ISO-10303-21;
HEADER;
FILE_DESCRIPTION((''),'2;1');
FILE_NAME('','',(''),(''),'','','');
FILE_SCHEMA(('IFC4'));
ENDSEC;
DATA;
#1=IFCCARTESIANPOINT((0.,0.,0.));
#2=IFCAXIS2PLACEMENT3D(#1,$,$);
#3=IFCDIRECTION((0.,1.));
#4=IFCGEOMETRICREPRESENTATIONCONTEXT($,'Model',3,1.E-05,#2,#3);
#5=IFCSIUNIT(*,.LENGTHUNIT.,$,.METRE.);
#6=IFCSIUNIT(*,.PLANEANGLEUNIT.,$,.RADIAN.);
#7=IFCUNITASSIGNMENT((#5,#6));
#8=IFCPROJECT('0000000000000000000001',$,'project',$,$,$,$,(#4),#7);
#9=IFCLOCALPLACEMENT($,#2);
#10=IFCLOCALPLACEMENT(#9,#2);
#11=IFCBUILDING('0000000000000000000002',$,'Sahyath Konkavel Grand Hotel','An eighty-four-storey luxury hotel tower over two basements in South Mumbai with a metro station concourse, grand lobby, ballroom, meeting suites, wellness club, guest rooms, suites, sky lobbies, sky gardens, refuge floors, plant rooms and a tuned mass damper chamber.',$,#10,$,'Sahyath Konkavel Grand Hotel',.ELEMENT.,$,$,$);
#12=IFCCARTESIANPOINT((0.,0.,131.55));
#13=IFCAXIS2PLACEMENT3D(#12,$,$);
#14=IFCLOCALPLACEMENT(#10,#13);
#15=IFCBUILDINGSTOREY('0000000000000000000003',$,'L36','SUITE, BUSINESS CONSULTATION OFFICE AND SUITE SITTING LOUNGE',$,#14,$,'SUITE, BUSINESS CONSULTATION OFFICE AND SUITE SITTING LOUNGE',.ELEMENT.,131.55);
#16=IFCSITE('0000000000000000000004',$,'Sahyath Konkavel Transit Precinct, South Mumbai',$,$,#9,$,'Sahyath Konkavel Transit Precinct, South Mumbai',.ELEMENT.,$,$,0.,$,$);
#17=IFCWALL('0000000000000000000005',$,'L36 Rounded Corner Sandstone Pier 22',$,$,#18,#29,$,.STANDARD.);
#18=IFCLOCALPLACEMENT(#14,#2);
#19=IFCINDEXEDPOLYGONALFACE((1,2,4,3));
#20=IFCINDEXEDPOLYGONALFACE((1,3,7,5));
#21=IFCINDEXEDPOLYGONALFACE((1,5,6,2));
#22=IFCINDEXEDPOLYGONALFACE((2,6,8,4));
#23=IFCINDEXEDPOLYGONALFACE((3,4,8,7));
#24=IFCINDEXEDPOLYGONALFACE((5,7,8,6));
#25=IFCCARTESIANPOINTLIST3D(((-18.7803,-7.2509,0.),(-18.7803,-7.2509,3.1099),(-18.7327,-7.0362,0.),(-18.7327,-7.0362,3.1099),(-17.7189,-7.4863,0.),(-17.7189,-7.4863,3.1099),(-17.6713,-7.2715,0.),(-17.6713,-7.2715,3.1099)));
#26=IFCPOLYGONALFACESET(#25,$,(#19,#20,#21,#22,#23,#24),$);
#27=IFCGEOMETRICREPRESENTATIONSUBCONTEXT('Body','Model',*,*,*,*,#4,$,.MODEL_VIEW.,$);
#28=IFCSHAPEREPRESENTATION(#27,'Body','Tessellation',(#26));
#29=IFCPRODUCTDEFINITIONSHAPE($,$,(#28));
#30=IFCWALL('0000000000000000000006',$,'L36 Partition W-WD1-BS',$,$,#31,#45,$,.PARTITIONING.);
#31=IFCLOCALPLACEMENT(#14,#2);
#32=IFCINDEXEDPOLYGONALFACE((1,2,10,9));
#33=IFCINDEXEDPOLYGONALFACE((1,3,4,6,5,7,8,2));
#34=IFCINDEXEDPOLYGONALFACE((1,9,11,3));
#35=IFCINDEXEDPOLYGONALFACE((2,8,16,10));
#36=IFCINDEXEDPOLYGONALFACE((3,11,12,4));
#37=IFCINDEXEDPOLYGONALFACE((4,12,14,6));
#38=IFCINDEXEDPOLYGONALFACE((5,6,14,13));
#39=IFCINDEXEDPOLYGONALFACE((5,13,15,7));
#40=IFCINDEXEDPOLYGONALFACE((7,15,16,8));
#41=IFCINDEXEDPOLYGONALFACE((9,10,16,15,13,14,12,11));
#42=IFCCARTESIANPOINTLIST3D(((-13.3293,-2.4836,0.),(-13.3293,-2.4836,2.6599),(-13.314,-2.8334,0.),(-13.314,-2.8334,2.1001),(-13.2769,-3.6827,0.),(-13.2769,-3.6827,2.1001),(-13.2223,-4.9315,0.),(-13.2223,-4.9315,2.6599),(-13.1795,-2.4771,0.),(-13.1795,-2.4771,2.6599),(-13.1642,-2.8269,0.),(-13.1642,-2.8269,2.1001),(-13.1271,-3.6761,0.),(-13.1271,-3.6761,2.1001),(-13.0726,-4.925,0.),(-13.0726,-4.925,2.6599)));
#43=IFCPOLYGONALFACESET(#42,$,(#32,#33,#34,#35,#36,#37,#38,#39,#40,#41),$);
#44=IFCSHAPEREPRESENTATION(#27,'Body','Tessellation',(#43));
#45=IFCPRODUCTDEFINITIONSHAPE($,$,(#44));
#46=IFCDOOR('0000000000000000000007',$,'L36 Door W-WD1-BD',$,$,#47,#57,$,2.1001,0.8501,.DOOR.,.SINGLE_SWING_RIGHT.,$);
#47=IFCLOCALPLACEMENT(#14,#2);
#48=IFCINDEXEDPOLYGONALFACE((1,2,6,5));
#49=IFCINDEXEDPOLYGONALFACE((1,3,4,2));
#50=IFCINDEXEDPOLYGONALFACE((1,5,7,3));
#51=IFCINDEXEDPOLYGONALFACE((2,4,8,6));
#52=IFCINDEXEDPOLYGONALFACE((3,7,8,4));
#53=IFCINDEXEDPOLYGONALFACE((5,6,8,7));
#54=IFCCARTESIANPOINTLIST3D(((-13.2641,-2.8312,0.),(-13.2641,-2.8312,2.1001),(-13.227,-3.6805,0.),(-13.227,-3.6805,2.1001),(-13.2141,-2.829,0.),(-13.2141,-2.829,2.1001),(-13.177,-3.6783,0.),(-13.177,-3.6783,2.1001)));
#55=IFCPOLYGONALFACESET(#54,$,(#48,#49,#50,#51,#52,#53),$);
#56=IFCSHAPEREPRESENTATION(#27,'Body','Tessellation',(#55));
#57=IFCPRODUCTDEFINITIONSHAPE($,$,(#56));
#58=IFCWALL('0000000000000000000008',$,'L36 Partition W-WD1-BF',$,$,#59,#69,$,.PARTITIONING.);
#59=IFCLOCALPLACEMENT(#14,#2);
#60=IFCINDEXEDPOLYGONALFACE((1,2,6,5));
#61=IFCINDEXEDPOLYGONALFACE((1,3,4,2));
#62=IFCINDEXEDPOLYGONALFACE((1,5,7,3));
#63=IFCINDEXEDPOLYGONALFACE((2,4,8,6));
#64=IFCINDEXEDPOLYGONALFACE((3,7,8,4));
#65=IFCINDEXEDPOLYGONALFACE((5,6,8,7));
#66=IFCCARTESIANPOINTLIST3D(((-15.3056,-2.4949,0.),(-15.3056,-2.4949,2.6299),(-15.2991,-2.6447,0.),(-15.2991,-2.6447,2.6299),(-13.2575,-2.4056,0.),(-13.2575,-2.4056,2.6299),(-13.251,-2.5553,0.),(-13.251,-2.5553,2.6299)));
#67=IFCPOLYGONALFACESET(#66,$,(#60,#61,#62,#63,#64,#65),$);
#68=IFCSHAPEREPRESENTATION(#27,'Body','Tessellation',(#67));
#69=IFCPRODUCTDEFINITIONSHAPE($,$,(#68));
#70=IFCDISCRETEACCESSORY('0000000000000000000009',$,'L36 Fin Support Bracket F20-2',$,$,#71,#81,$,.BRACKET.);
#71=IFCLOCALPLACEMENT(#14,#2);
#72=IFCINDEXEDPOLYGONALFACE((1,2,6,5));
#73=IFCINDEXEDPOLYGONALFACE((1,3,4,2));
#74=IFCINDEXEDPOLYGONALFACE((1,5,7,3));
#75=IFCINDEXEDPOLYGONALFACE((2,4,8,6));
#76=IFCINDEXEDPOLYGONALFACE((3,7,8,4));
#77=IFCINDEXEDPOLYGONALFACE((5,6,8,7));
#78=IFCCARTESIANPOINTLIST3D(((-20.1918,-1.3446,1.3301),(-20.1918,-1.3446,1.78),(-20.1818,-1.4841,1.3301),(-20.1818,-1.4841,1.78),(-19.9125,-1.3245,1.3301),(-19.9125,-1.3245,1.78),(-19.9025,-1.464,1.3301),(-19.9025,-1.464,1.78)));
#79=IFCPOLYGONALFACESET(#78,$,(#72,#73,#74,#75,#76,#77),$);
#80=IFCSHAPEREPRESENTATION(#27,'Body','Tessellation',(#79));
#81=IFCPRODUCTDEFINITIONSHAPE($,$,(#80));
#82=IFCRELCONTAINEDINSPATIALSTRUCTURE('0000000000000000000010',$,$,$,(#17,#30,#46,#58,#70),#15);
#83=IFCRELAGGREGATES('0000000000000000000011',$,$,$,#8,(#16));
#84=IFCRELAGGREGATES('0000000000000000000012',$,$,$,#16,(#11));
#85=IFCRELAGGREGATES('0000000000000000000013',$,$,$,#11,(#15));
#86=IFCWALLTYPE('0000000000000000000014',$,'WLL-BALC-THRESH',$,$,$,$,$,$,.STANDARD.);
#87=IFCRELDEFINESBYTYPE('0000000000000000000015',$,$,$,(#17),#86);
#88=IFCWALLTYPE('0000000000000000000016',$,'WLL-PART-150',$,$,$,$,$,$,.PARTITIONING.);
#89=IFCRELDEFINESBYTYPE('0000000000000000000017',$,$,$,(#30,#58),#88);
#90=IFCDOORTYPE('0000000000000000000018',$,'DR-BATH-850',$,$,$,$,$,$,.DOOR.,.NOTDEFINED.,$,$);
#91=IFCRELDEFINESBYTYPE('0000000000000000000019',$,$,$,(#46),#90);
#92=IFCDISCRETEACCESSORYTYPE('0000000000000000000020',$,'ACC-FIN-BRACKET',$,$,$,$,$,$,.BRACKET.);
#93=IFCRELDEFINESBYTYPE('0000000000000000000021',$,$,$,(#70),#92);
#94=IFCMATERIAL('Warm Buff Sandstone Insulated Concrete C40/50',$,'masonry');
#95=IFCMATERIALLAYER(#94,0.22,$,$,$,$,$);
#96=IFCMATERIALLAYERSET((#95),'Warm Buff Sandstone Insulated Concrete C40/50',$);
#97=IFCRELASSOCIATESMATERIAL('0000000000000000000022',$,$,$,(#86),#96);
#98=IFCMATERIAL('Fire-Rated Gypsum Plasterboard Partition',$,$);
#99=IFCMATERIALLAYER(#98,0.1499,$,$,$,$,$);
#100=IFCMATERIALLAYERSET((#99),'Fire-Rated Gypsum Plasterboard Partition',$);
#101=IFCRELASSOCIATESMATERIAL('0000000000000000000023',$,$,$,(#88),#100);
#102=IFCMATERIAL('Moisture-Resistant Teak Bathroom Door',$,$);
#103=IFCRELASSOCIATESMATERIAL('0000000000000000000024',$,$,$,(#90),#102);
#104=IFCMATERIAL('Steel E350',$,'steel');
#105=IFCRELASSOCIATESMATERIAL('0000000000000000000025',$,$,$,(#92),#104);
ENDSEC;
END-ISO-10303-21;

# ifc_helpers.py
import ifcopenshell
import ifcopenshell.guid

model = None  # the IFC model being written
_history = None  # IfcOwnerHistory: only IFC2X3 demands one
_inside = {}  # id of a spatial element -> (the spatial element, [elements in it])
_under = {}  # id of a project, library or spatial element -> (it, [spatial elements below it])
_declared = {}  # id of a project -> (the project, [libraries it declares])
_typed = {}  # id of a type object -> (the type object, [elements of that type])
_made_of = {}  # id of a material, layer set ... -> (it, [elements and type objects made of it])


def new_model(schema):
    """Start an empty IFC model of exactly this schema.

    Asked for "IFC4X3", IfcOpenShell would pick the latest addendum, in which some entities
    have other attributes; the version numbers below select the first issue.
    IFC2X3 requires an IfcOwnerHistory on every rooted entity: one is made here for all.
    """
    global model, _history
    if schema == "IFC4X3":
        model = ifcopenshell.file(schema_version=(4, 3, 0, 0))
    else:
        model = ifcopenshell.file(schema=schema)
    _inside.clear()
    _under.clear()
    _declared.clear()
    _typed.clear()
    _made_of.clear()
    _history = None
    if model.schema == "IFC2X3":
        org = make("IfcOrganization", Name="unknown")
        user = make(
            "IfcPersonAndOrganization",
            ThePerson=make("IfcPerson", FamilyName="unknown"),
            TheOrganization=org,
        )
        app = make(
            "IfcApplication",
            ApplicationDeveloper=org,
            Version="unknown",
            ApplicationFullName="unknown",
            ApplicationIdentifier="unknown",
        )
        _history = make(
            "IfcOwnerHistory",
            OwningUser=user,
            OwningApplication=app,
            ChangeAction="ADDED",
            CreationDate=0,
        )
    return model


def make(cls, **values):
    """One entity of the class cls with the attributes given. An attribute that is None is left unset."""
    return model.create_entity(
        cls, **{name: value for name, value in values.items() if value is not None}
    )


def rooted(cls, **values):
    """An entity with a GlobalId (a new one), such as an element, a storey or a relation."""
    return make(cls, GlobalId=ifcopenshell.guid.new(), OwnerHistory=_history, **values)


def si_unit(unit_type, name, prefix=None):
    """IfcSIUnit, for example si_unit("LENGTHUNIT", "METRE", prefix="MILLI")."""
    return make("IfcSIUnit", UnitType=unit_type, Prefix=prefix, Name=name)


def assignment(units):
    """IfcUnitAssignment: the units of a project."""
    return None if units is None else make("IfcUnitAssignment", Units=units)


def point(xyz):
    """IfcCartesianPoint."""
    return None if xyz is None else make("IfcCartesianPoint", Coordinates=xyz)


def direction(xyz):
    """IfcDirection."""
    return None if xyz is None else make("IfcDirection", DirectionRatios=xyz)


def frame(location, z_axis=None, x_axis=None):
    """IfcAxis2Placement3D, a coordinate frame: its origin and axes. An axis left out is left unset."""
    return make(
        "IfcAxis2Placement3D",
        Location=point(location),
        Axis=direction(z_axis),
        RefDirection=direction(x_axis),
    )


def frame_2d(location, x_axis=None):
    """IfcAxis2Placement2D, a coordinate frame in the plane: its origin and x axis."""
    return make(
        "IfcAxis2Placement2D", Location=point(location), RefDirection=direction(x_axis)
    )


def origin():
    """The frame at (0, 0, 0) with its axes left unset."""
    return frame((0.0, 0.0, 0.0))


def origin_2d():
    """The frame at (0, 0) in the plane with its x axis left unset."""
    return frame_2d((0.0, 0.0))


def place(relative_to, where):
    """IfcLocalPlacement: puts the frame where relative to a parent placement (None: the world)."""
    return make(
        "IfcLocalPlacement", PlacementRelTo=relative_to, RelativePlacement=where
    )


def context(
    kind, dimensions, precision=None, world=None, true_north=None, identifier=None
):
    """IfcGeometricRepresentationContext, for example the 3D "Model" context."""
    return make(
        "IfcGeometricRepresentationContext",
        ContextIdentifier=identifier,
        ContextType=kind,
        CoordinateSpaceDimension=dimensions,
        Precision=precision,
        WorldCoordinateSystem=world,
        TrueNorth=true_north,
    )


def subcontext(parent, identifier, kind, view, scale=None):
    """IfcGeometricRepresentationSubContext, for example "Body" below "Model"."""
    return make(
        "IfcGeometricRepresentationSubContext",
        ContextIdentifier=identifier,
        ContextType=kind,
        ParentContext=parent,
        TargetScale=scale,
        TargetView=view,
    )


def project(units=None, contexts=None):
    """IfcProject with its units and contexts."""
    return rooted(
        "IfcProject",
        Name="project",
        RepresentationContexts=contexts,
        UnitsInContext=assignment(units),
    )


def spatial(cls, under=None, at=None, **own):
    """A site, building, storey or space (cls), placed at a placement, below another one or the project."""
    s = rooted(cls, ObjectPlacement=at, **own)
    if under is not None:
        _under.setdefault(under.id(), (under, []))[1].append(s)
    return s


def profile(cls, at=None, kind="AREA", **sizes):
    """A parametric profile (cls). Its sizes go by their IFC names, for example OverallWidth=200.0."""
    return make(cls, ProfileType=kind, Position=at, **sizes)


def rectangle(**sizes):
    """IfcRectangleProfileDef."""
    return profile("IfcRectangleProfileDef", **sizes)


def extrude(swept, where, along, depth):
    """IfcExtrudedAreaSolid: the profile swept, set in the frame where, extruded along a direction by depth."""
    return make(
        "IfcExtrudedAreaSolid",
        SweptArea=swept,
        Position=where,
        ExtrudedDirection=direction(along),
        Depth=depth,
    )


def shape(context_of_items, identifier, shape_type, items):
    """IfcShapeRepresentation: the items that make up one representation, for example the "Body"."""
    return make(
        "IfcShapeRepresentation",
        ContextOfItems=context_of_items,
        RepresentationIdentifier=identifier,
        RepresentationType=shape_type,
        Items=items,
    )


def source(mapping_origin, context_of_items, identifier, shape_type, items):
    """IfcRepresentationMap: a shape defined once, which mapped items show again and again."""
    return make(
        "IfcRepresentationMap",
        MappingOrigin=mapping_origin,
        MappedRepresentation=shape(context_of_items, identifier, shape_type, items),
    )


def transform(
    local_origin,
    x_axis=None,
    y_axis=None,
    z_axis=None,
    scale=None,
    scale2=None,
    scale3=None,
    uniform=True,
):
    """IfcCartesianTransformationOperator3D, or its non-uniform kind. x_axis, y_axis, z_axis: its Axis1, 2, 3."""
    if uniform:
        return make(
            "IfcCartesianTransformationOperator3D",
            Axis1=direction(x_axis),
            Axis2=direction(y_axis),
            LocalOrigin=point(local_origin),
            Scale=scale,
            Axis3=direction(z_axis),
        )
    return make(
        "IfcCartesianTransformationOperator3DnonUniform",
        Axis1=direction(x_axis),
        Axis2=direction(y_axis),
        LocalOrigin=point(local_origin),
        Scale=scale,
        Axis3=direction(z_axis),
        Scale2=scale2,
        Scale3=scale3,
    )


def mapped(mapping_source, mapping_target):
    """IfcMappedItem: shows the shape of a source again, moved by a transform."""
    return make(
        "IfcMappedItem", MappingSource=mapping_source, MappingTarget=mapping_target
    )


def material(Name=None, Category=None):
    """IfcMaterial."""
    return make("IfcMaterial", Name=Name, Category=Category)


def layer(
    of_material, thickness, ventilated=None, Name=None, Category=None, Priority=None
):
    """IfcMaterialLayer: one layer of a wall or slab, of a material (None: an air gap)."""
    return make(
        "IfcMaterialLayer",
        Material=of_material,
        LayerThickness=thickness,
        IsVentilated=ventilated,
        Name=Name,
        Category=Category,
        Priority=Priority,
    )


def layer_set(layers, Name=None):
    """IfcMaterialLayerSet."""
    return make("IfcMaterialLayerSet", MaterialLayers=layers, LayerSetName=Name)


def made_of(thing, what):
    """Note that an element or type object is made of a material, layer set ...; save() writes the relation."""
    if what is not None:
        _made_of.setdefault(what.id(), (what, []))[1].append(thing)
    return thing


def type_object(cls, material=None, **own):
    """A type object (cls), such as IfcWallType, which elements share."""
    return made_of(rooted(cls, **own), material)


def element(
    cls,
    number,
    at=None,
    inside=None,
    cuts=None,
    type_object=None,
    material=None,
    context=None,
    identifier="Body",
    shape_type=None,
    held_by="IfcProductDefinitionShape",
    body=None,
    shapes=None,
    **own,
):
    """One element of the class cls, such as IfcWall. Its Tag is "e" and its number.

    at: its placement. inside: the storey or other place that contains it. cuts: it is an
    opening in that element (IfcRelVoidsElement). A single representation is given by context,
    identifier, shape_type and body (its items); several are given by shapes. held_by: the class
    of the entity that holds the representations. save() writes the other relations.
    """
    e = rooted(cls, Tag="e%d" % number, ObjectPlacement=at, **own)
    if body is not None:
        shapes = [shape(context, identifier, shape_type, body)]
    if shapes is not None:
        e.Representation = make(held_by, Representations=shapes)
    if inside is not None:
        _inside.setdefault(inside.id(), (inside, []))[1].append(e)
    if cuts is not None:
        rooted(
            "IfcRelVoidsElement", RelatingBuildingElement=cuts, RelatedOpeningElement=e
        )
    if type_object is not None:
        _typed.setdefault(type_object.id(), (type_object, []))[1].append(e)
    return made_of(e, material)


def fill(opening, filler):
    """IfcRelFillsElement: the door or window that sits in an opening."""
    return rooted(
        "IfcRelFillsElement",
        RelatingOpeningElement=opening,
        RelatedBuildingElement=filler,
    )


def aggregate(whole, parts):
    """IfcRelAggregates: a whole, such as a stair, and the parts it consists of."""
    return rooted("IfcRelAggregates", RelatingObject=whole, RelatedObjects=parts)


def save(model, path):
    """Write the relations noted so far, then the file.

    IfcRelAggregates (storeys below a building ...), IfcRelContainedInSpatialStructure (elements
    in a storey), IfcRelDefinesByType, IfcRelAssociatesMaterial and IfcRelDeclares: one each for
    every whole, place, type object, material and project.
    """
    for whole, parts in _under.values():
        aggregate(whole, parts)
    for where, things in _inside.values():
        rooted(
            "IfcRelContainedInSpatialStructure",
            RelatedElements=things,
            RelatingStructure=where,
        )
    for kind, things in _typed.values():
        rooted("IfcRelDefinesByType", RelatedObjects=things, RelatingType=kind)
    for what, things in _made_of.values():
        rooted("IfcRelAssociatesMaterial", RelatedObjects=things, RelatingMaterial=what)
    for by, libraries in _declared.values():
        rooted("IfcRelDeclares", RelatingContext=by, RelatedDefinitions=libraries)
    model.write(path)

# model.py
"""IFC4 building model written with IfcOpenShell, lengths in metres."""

from ifc_helpers import new_model, si_unit, direction, frame, frame_2d, origin, origin_2d, place, context, subcontext, project, spatial, rectangle, extrude, source, transform, mapped, material, layer, layer_set, type_object, element, fill, save


model = new_model("IFC4")

# Units and contexts
model_context = context("Model", 3, precision=1e-05, world=origin(), true_north=direction((0.0, 1.0)))
body_context = subcontext(model_context, "Body", "Model", "MODEL_VIEW")
ifc_project = project(units=[si_unit("LENGTHUNIT", "METRE"), si_unit("PLANEANGLEUNIT", "RADIAN")], contexts=[model_context])

# Site, building, storey
site_placement = place(None, origin())
site = spatial("IfcSite", under=ifc_project, at=site_placement, Name="Sahyath Konkavel Transit Precinct, South Mumbai", LongName="Sahyath Konkavel Transit Precinct, South Mumbai", CompositionType="ELEMENT", RefElevation=0.0)
building_placement = place(site_placement, origin())
building = spatial("IfcBuilding", under=site, at=building_placement, Name="Sahyath Konkavel Grand Hotel", Description="An eighty-four-storey luxury hotel tower over two basements in South Mumbai with a metro station concourse, grand lobby, ballroom, meeting suites, wellness club, guest rooms, suites, sky lobbies, sky gardens, refuge floors, plant rooms and a tuned mass damper chamber.", LongName="Sahyath Konkavel Grand Hotel", CompositionType="ELEMENT")
storey_placement = place(building_placement, frame((0.0, 0.0, 131.55)))
storey = spatial("IfcBuildingStorey", under=building, at=storey_placement, Name="L36", Description="SUITE, BUSINESS CONSULTATION OFFICE AND SUITE SITTING LOUNGE", LongName="SUITE, BUSINESS CONSULTATION OFFICE AND SUITE SITTING LOUNGE", CompositionType="ELEMENT", Elevation=131.55)

# Shared definitions
ifc_material_1 = material(Name="Steel E350", Category="steel")

# Wall
ifc_material_2 = material(Name="Warm Buff Sandstone Insulated Concrete C40/50", Category="masonry")
ifc_layer_1 = layer(ifc_material_2, 0.22)
ifc_layer_set_1 = layer_set([ifc_layer_1], Name="Warm Buff Sandstone Insulated Concrete C40/50")
wall_type_1 = type_object("IfcWallType", Name="WLL-BALC-THRESH", PredefinedType="STANDARD", material=ifc_layer_set_1)
wall_1_placement = place(storey_placement, frame((-18.7563, -7.1436, 0.0), z_axis=(0.0, 0.0, 1.0), x_axis=(0.976282, -0.216502, 0.0)))
element("IfcWall", 1, at=wall_1_placement, inside=storey, type_object=wall_type_1, Name="L36 Rounded Corner Sandstone Pier 22", PredefinedType="STANDARD", context=body_context, shape_type="SweptSolid", body=[
    extrude(rectangle(XDim=1.0872, YDim=0.22, at=frame_2d((0.5435, 0.0))), origin(), (0.0, 0.0, 1.0), 3.1099),
])

# Wall, opening, door
ifc_material_3 = material(Name="Fire-Rated Gypsum Plasterboard Partition")
ifc_layer_2 = layer(ifc_material_3, 0.1499)
ifc_layer_set_2 = layer_set([ifc_layer_2], Name="Fire-Rated Gypsum Plasterboard Partition")
wall_type_2 = type_object("IfcWallType", Name="WLL-PART-150", PredefinedType="PARTITIONING", material=ifc_layer_set_2)
wall_2_placement = place(storey_placement, frame((-13.1475, -4.9282, 0.0), z_axis=(0.0, 0.0, 1.0), x_axis=(-0.043645, 0.999047, 0.0)))
wall_2 = element("IfcWall", 2, at=wall_2_placement, inside=storey, type_object=wall_type_2, Name="L36 Partition W-WD1-BS", PredefinedType="PARTITIONING", context=body_context, shape_type="SweptSolid", body=[
    extrude(rectangle(XDim=2.4502, YDim=0.1499, at=frame_2d((1.2251, 0.0))), origin(), (0.0, 0.0, 1.0), 2.6599),
])
opening_placement = place(wall_2_placement, frame((1.25, 0.0, 0.0)))
opening = element("IfcOpeningElement", 3, at=opening_placement, cuts=wall_2, PredefinedType="OPENING", context=body_context, shape_type="SweptSolid", body=[
    extrude(rectangle(XDim=0.8501, YDim=2.1001, at=frame_2d((0.425, 1.05))), frame((0.0, 0.085, 0.0), z_axis=(0.0, -1.0, 0.0), x_axis=(1.0, 0.0, 0.0)), (0.0, 0.0, 1.0), 0.1699),
])
ifc_material_4 = material(Name="Moisture-Resistant Teak Bathroom Door")
door_type = type_object("IfcDoorType", Name="DR-BATH-850", OperationType="NOTDEFINED", PredefinedType="DOOR", material=ifc_material_4)
shared_shape_1 = source(origin(), body_context, "Body", "SweptSolid", [
    extrude(rectangle(XDim=0.8501, YDim=0.05, at=origin_2d()), origin(), (0.0, 0.0, 1.0), 2.1001),
])
door_placement = place(opening_placement, frame((0.425, 0.0, 0.0)))
door = element("IfcDoor", 4, at=door_placement, inside=storey, type_object=door_type, Name="L36 Door W-WD1-BD", OperationType="SINGLE_SWING_RIGHT", OverallHeight=2.1001, OverallWidth=0.8501, PredefinedType="DOOR", context=body_context, shape_type="MappedRepresentation", body=[
    mapped(shared_shape_1, transform((0.0, 0.0, 0.0), scale=1.0)),
])
fill(opening, door)

# Wall
wall_3_placement = place(storey_placement, frame((-13.2544, -2.4805, 0.0), z_axis=(0.0, 0.0, 1.0), x_axis=(-0.99905, -0.043587, 0.0)))
element("IfcWall", 5, at=wall_3_placement, inside=storey, type_object=wall_type_2, Name="L36 Partition W-WD1-BF", PredefinedType="PARTITIONING", context=body_context, shape_type="SweptSolid", body=[
    extrude(rectangle(XDim=2.05, YDim=0.1499, at=frame_2d((1.0249, 0.0))), origin(), (0.0, 0.0, 1.0), 2.6299),
])

# Discrete accessory
discrete_accessory_type = type_object("IfcDiscreteAccessoryType", Name="ACC-FIN-BRACKET", PredefinedType="BRACKET", material=ifc_material_1)
shared_shape_2 = source(origin(), body_context, "Body", "SweptSolid", [
    extrude(rectangle(XDim=0.28, YDim=0.1399, at=origin_2d()), origin(), (0.0, 0.0, 1.0), 0.45),
])
discrete_accessory_placement = place(storey_placement, frame((-20.0471, -1.4043, 1.3301), z_axis=(0.0, 0.0, 1.0), x_axis=(-0.997436, -0.071567, 0.0)))
element("IfcDiscreteAccessory", 6, at=discrete_accessory_placement, inside=storey, type_object=discrete_accessory_type, Name="L36 Fin Support Bracket F20-2", PredefinedType="BRACKET", context=body_context, shape_type="MappedRepresentation", body=[
    mapped(shared_shape_2, transform((0.0, 0.0, 0.0), scale=1.0)),
])

save(model, "model.ifc")
